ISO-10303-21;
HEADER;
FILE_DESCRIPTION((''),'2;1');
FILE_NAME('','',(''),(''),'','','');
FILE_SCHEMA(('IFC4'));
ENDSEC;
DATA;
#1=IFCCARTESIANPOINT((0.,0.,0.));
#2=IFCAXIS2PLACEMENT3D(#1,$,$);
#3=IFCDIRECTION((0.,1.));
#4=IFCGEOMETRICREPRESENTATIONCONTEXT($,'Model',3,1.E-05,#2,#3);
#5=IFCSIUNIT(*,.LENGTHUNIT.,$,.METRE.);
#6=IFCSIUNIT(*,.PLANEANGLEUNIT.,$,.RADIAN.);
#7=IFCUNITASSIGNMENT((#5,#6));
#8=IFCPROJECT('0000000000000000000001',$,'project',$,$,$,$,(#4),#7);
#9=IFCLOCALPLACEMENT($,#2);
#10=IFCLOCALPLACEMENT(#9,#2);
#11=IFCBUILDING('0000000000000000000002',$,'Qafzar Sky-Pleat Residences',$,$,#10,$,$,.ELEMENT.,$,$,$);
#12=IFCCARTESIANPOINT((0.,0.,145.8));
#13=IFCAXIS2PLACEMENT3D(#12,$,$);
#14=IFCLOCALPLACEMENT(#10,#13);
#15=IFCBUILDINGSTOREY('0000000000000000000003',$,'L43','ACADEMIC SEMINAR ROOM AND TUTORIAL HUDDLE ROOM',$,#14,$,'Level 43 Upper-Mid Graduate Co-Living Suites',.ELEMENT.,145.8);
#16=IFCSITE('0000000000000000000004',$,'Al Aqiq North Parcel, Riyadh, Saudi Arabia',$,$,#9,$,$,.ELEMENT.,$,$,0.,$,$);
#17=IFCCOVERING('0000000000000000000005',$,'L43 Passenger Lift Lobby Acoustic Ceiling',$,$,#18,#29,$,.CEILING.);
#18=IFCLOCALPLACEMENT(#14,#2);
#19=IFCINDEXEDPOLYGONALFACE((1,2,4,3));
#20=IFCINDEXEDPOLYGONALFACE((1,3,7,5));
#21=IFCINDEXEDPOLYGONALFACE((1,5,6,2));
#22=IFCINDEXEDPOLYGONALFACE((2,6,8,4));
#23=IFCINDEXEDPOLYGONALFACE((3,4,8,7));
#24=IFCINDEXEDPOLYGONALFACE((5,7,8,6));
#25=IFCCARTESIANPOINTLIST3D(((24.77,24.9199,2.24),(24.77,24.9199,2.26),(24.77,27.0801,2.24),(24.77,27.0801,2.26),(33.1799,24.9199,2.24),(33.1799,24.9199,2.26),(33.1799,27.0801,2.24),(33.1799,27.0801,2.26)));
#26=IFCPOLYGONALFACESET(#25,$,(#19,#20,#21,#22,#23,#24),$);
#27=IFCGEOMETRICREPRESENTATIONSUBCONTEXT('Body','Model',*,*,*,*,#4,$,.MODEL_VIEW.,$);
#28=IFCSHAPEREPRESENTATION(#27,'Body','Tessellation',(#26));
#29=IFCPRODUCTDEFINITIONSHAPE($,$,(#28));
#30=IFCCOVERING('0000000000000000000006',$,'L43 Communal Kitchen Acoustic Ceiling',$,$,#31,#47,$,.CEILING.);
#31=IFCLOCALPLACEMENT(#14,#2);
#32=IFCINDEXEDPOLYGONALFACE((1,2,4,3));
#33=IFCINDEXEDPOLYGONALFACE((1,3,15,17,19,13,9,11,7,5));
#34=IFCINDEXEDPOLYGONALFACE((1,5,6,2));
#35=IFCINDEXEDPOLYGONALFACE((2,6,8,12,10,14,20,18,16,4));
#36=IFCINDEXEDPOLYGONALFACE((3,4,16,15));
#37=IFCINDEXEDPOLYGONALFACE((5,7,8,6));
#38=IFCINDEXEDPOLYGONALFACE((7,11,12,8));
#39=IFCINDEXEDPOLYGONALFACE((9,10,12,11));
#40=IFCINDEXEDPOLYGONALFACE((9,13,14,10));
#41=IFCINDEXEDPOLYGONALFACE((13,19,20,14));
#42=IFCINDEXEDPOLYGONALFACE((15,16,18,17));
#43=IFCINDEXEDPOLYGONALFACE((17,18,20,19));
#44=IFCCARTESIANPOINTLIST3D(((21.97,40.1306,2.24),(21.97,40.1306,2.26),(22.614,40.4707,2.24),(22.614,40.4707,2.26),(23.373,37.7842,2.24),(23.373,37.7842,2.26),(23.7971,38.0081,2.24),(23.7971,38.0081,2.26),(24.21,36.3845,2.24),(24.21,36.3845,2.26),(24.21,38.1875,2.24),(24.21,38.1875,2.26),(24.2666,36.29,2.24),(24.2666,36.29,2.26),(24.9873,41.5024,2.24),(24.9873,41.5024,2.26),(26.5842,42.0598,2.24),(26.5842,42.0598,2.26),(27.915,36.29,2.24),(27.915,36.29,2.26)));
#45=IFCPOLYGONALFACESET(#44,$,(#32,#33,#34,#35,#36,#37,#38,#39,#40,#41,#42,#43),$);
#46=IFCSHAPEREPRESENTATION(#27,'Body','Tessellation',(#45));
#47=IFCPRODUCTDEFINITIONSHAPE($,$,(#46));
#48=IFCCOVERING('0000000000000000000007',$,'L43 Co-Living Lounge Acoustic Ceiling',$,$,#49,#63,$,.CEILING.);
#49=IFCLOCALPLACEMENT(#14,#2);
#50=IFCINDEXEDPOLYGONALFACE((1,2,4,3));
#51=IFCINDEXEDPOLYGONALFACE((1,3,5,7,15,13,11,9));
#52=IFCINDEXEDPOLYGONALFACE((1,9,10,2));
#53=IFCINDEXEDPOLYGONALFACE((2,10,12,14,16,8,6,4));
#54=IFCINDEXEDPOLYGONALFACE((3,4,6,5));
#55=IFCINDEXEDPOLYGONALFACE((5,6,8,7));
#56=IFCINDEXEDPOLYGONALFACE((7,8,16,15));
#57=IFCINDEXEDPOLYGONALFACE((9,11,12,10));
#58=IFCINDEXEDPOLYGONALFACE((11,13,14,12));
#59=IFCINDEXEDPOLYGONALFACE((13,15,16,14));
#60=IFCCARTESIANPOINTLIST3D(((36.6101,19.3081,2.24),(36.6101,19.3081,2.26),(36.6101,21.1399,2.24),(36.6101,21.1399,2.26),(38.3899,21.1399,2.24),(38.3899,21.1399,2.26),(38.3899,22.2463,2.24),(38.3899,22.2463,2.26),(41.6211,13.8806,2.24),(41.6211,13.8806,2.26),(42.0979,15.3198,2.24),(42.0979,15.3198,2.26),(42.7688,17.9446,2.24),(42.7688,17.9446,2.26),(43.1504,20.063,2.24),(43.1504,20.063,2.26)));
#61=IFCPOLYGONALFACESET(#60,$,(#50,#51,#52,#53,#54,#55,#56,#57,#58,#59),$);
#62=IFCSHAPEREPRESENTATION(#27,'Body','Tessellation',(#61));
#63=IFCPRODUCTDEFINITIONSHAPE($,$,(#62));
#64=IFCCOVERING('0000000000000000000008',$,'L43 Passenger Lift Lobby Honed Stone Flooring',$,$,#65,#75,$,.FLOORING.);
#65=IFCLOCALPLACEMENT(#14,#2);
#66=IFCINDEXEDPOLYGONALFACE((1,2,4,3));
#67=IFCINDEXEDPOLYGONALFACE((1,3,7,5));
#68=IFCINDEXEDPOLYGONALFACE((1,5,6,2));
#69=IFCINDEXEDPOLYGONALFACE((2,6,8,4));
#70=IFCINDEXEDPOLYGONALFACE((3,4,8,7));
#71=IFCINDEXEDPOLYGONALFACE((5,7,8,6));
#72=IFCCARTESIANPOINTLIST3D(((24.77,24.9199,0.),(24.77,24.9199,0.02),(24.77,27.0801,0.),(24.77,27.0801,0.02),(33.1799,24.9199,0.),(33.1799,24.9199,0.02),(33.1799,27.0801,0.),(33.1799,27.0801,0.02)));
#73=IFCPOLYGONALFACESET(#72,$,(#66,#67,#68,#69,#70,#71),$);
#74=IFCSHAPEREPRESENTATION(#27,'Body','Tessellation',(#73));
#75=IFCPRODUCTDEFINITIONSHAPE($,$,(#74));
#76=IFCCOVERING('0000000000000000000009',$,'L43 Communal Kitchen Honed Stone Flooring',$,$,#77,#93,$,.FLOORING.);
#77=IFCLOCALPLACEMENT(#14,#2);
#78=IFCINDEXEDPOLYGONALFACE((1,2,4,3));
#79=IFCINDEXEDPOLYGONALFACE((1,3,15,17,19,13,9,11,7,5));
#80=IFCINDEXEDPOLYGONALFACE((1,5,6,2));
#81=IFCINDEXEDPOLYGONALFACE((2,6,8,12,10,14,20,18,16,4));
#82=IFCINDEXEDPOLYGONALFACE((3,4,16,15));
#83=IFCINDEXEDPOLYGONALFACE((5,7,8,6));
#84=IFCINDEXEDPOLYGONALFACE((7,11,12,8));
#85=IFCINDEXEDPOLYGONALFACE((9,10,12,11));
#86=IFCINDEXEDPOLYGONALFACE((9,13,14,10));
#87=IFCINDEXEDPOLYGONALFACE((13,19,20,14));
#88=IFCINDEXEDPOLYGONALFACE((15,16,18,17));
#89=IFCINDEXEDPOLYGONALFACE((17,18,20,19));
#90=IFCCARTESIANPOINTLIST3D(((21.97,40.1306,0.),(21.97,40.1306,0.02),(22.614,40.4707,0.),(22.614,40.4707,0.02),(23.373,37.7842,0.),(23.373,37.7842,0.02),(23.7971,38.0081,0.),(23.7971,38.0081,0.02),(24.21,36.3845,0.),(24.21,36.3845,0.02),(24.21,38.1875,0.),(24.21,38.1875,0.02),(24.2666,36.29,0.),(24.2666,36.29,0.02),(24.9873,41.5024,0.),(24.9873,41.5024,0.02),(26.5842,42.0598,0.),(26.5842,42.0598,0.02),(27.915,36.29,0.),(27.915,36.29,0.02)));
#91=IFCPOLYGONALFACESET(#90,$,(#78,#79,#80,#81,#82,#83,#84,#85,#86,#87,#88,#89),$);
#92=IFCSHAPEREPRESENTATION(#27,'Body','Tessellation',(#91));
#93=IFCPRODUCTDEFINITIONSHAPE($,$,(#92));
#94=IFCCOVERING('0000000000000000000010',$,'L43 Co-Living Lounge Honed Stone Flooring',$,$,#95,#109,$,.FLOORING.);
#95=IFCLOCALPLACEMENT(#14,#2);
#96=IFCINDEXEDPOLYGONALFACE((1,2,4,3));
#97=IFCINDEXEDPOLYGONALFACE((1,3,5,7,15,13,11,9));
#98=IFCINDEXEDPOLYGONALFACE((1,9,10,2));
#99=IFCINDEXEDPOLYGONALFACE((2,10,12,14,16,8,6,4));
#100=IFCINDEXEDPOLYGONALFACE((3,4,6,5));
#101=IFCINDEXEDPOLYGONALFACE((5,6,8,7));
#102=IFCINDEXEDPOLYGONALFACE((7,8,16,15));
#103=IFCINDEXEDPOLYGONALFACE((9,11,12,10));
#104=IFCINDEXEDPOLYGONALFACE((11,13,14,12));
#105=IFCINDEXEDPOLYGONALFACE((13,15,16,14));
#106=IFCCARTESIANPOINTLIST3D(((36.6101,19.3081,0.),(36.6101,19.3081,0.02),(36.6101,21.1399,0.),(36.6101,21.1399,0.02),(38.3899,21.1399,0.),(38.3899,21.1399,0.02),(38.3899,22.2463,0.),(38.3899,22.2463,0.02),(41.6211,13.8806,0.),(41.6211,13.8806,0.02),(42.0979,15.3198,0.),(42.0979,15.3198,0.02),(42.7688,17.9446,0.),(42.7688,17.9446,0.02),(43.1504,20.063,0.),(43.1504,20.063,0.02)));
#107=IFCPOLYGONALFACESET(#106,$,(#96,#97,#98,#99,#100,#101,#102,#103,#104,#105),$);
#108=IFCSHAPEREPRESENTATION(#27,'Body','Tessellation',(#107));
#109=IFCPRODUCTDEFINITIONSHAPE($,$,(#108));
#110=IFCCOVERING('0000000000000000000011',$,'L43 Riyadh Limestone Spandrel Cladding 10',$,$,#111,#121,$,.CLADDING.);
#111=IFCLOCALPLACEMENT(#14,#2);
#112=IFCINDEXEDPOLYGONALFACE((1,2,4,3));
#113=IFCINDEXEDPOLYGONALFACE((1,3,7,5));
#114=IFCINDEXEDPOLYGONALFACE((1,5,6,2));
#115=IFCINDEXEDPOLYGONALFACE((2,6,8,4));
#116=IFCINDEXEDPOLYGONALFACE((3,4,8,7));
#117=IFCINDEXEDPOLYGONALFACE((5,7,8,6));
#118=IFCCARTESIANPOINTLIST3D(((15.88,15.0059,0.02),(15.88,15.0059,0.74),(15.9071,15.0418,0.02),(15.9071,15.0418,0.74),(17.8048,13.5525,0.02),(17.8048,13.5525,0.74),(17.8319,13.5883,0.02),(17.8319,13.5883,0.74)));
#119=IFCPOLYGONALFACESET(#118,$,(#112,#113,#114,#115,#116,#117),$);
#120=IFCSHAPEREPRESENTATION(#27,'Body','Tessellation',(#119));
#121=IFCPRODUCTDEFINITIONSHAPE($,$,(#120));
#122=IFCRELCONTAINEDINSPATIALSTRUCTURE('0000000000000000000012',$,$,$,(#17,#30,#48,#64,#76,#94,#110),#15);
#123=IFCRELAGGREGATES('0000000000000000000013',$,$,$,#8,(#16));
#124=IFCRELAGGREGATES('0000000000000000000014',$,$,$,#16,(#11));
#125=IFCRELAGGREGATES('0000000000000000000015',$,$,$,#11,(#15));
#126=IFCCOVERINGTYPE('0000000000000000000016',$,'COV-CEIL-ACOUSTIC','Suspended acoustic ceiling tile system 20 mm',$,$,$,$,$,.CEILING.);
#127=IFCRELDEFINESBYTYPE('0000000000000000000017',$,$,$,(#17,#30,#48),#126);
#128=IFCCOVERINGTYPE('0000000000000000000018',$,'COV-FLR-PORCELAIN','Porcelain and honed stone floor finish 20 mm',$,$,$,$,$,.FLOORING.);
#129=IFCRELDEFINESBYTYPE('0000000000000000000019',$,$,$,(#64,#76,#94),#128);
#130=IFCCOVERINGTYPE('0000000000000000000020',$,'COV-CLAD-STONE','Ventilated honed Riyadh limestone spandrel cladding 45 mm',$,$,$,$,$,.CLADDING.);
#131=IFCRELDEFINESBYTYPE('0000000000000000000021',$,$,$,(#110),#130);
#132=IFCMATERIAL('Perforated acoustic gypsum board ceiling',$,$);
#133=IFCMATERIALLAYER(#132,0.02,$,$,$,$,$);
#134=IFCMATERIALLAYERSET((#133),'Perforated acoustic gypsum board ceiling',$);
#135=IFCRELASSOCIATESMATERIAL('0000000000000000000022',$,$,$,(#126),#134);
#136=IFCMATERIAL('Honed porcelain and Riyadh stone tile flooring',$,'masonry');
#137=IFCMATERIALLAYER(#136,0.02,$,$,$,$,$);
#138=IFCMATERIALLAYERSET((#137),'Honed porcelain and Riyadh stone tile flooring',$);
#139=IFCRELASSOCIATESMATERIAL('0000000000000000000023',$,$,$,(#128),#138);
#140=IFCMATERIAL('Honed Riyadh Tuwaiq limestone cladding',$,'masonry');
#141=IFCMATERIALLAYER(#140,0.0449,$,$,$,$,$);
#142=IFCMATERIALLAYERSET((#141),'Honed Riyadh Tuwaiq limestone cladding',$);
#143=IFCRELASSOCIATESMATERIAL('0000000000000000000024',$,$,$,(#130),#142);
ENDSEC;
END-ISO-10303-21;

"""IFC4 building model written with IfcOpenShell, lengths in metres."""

from ifc_helpers import new_model, si_unit, direction, frame, origin, origin_2d, place, context, subcontext, project, spatial, polyline, rectangle, outline, extrude, source, transform, mapped, material, layer, layer_set, type_object, element, save


model = new_model("IFC4")

# Units and contexts
model_context = context("Model", 3, precision=1e-05, world=origin(), true_north=direction((0.0, 1.0)))
body_context = subcontext(model_context, "Body", "Model", "MODEL_VIEW")
ifc_project = project(units=[si_unit("LENGTHUNIT", "METRE"), si_unit("PLANEANGLEUNIT", "RADIAN")], contexts=[model_context])

# Site, building, storey
site_placement = place(None, origin())
site = spatial("IfcSite", under=ifc_project, at=site_placement, Name="Al Aqiq North Parcel, Riyadh, Saudi Arabia", CompositionType="ELEMENT", RefElevation=0.0)
building_placement = place(site_placement, origin())
building = spatial("IfcBuilding", under=site, at=building_placement, Name="Qafzar Sky-Pleat Residences", CompositionType="ELEMENT")
storey_placement = place(building_placement, frame((0.0, 0.0, 145.8)))
storey = spatial("IfcBuildingStorey", under=building, at=storey_placement, Name="L43", Description="ACADEMIC SEMINAR ROOM AND TUTORIAL HUDDLE ROOM", LongName="Level 43 Upper-Mid Graduate Co-Living Suites", CompositionType="ELEMENT", Elevation=145.8)

# Coverings
ifc_material_1 = material(Name="Perforated acoustic gypsum board ceiling")
ifc_layer_1 = layer(ifc_material_1, 0.02)
ifc_layer_set_1 = layer_set([ifc_layer_1], Name="Perforated acoustic gypsum board ceiling")
covering_type_1 = type_object("IfcCoveringType", Name="COV-CEIL-ACOUSTIC", Description="Suspended acoustic ceiling tile system 20 mm", PredefinedType="CEILING", material=ifc_layer_set_1)
covering_1_placement = place(storey_placement, frame((0.0, 0.0, 2.24)))
element("IfcCovering", 1, at=covering_1_placement, inside=storey, type_object=covering_type_1, Name="L43 Passenger Lift Lobby Acoustic Ceiling", PredefinedType="CEILING", context=body_context, shape_type="SweptSolid", body=[
    extrude(outline(polyline([(33.1799, 24.9199), (24.77, 24.9199), (24.77, 27.0801), (33.1799, 27.0801), (33.1799, 24.9199)])), origin(), (0.0, 0.0, 1.0), 0.02),
])
covering_2_placement = place(storey_placement, frame((0.0, 0.0, 2.24)))
element("IfcCovering", 2, at=covering_2_placement, inside=storey, type_object=covering_type_1, Name="L43 Communal Kitchen Acoustic Ceiling", PredefinedType="CEILING", context=body_context, shape_type="SweptSolid", body=[
    extrude(outline(polyline([(22.614, 40.4707), (24.9873, 41.5024), (26.5842, 42.0598), (27.915, 36.29), (24.2666, 36.29), (24.21, 36.3845), (24.21, 38.1875), (23.7971, 38.0081), (23.373, 37.7842), (21.97, 40.1306), (22.614, 40.4707)])), origin(), (0.0, 0.0, 1.0), 0.02),
])
covering_3_placement = place(storey_placement, frame((0.0, 0.0, 2.24)))
element("IfcCovering", 3, at=covering_3_placement, inside=storey, type_object=covering_type_1, Name="L43 Co-Living Lounge Acoustic Ceiling", PredefinedType="CEILING", context=body_context, shape_type="SweptSolid", body=[
    extrude(outline(polyline([(42.7688, 17.9446), (42.0979, 15.3198), (41.6211, 13.8806), (36.6101, 19.3081), (36.6101, 21.1399), (38.3899, 21.1399), (38.3899, 22.2463), (43.1504, 20.063), (42.7688, 17.9446)])), origin(), (0.0, 0.0, 1.0), 0.02),
])
ifc_material_2 = material(Name="Honed porcelain and Riyadh stone tile flooring", Category="masonry")
ifc_layer_2 = layer(ifc_material_2, 0.02)
ifc_layer_set_2 = layer_set([ifc_layer_2], Name="Honed porcelain and Riyadh stone tile flooring")
covering_type_2 = type_object("IfcCoveringType", Name="COV-FLR-PORCELAIN", Description="Porcelain and honed stone floor finish 20 mm", PredefinedType="FLOORING", material=ifc_layer_set_2)
covering_4_placement = place(storey_placement, origin())
element("IfcCovering", 4, at=covering_4_placement, inside=storey, type_object=covering_type_2, Name="L43 Passenger Lift Lobby Honed Stone Flooring", PredefinedType="FLOORING", context=body_context, shape_type="SweptSolid", body=[
    extrude(outline(polyline([(33.1799, 24.9199), (24.77, 24.9199), (24.77, 27.0801), (33.1799, 27.0801), (33.1799, 24.9199)])), origin(), (0.0, 0.0, 1.0), 0.02),
])
covering_5_placement = place(storey_placement, origin())
element("IfcCovering", 5, at=covering_5_placement, inside=storey, type_object=covering_type_2, Name="L43 Communal Kitchen Honed Stone Flooring", PredefinedType="FLOORING", context=body_context, shape_type="SweptSolid", body=[
    extrude(outline(polyline([(22.614, 40.4707), (24.9873, 41.5024), (26.5842, 42.0598), (27.915, 36.29), (24.2666, 36.29), (24.21, 36.3845), (24.21, 38.1875), (23.7971, 38.0081), (23.373, 37.7842), (21.97, 40.1306), (22.614, 40.4707)])), origin(), (0.0, 0.0, 1.0), 0.02),
])
covering_6_placement = place(storey_placement, origin())
element("IfcCovering", 6, at=covering_6_placement, inside=storey, type_object=covering_type_2, Name="L43 Co-Living Lounge Honed Stone Flooring", PredefinedType="FLOORING", context=body_context, shape_type="SweptSolid", body=[
    extrude(outline(polyline([(42.7688, 17.9446), (42.0979, 15.3198), (41.6211, 13.8806), (36.6101, 19.3081), (36.6101, 21.1399), (38.3899, 21.1399), (38.3899, 22.2463), (43.1504, 20.063), (42.7688, 17.9446)])), origin(), (0.0, 0.0, 1.0), 0.02),
])
ifc_material_3 = material(Name="Honed Riyadh Tuwaiq limestone cladding", Category="masonry")
ifc_layer_3 = layer(ifc_material_3, 0.0449)
ifc_layer_set_3 = layer_set([ifc_layer_3], Name="Honed Riyadh Tuwaiq limestone cladding")
covering_type_3 = type_object("IfcCoveringType", Name="COV-CLAD-STONE", Description="Ventilated honed Riyadh limestone spandrel cladding 45 mm", PredefinedType="CLADDING", material=ifc_layer_set_3)
shared_shape_1 = source(origin(), body_context, "Body", "SweptSolid", [
    extrude(rectangle(XDim=2.4119, YDim=0.0449, at=origin_2d()), origin(), (0.0, 0.0, 1.0), 0.72),
])
covering_7_placement = place(storey_placement, frame((16.856, 14.2971, 0.02), z_axis=(0.0, 0.0, 1.0), x_axis=(0.798034, -0.602612, 0.0)))
element("IfcCovering", 7, at=covering_7_placement, inside=storey, type_object=covering_type_3, Name="L43 Riyadh Limestone Spandrel Cladding 10", PredefinedType="CLADDING", context=body_context, shape_type="MappedRepresentation", body=[
    mapped(shared_shape_1, transform((0.0, 0.0, 0.0), x_axis=(1.0, 0.0, 0.0), y_axis=(0.0, 1.0, 0.0), z_axis=(0.0, 0.0, 1.0), scale=1.0)),
])

save(model, "model.ifc")
